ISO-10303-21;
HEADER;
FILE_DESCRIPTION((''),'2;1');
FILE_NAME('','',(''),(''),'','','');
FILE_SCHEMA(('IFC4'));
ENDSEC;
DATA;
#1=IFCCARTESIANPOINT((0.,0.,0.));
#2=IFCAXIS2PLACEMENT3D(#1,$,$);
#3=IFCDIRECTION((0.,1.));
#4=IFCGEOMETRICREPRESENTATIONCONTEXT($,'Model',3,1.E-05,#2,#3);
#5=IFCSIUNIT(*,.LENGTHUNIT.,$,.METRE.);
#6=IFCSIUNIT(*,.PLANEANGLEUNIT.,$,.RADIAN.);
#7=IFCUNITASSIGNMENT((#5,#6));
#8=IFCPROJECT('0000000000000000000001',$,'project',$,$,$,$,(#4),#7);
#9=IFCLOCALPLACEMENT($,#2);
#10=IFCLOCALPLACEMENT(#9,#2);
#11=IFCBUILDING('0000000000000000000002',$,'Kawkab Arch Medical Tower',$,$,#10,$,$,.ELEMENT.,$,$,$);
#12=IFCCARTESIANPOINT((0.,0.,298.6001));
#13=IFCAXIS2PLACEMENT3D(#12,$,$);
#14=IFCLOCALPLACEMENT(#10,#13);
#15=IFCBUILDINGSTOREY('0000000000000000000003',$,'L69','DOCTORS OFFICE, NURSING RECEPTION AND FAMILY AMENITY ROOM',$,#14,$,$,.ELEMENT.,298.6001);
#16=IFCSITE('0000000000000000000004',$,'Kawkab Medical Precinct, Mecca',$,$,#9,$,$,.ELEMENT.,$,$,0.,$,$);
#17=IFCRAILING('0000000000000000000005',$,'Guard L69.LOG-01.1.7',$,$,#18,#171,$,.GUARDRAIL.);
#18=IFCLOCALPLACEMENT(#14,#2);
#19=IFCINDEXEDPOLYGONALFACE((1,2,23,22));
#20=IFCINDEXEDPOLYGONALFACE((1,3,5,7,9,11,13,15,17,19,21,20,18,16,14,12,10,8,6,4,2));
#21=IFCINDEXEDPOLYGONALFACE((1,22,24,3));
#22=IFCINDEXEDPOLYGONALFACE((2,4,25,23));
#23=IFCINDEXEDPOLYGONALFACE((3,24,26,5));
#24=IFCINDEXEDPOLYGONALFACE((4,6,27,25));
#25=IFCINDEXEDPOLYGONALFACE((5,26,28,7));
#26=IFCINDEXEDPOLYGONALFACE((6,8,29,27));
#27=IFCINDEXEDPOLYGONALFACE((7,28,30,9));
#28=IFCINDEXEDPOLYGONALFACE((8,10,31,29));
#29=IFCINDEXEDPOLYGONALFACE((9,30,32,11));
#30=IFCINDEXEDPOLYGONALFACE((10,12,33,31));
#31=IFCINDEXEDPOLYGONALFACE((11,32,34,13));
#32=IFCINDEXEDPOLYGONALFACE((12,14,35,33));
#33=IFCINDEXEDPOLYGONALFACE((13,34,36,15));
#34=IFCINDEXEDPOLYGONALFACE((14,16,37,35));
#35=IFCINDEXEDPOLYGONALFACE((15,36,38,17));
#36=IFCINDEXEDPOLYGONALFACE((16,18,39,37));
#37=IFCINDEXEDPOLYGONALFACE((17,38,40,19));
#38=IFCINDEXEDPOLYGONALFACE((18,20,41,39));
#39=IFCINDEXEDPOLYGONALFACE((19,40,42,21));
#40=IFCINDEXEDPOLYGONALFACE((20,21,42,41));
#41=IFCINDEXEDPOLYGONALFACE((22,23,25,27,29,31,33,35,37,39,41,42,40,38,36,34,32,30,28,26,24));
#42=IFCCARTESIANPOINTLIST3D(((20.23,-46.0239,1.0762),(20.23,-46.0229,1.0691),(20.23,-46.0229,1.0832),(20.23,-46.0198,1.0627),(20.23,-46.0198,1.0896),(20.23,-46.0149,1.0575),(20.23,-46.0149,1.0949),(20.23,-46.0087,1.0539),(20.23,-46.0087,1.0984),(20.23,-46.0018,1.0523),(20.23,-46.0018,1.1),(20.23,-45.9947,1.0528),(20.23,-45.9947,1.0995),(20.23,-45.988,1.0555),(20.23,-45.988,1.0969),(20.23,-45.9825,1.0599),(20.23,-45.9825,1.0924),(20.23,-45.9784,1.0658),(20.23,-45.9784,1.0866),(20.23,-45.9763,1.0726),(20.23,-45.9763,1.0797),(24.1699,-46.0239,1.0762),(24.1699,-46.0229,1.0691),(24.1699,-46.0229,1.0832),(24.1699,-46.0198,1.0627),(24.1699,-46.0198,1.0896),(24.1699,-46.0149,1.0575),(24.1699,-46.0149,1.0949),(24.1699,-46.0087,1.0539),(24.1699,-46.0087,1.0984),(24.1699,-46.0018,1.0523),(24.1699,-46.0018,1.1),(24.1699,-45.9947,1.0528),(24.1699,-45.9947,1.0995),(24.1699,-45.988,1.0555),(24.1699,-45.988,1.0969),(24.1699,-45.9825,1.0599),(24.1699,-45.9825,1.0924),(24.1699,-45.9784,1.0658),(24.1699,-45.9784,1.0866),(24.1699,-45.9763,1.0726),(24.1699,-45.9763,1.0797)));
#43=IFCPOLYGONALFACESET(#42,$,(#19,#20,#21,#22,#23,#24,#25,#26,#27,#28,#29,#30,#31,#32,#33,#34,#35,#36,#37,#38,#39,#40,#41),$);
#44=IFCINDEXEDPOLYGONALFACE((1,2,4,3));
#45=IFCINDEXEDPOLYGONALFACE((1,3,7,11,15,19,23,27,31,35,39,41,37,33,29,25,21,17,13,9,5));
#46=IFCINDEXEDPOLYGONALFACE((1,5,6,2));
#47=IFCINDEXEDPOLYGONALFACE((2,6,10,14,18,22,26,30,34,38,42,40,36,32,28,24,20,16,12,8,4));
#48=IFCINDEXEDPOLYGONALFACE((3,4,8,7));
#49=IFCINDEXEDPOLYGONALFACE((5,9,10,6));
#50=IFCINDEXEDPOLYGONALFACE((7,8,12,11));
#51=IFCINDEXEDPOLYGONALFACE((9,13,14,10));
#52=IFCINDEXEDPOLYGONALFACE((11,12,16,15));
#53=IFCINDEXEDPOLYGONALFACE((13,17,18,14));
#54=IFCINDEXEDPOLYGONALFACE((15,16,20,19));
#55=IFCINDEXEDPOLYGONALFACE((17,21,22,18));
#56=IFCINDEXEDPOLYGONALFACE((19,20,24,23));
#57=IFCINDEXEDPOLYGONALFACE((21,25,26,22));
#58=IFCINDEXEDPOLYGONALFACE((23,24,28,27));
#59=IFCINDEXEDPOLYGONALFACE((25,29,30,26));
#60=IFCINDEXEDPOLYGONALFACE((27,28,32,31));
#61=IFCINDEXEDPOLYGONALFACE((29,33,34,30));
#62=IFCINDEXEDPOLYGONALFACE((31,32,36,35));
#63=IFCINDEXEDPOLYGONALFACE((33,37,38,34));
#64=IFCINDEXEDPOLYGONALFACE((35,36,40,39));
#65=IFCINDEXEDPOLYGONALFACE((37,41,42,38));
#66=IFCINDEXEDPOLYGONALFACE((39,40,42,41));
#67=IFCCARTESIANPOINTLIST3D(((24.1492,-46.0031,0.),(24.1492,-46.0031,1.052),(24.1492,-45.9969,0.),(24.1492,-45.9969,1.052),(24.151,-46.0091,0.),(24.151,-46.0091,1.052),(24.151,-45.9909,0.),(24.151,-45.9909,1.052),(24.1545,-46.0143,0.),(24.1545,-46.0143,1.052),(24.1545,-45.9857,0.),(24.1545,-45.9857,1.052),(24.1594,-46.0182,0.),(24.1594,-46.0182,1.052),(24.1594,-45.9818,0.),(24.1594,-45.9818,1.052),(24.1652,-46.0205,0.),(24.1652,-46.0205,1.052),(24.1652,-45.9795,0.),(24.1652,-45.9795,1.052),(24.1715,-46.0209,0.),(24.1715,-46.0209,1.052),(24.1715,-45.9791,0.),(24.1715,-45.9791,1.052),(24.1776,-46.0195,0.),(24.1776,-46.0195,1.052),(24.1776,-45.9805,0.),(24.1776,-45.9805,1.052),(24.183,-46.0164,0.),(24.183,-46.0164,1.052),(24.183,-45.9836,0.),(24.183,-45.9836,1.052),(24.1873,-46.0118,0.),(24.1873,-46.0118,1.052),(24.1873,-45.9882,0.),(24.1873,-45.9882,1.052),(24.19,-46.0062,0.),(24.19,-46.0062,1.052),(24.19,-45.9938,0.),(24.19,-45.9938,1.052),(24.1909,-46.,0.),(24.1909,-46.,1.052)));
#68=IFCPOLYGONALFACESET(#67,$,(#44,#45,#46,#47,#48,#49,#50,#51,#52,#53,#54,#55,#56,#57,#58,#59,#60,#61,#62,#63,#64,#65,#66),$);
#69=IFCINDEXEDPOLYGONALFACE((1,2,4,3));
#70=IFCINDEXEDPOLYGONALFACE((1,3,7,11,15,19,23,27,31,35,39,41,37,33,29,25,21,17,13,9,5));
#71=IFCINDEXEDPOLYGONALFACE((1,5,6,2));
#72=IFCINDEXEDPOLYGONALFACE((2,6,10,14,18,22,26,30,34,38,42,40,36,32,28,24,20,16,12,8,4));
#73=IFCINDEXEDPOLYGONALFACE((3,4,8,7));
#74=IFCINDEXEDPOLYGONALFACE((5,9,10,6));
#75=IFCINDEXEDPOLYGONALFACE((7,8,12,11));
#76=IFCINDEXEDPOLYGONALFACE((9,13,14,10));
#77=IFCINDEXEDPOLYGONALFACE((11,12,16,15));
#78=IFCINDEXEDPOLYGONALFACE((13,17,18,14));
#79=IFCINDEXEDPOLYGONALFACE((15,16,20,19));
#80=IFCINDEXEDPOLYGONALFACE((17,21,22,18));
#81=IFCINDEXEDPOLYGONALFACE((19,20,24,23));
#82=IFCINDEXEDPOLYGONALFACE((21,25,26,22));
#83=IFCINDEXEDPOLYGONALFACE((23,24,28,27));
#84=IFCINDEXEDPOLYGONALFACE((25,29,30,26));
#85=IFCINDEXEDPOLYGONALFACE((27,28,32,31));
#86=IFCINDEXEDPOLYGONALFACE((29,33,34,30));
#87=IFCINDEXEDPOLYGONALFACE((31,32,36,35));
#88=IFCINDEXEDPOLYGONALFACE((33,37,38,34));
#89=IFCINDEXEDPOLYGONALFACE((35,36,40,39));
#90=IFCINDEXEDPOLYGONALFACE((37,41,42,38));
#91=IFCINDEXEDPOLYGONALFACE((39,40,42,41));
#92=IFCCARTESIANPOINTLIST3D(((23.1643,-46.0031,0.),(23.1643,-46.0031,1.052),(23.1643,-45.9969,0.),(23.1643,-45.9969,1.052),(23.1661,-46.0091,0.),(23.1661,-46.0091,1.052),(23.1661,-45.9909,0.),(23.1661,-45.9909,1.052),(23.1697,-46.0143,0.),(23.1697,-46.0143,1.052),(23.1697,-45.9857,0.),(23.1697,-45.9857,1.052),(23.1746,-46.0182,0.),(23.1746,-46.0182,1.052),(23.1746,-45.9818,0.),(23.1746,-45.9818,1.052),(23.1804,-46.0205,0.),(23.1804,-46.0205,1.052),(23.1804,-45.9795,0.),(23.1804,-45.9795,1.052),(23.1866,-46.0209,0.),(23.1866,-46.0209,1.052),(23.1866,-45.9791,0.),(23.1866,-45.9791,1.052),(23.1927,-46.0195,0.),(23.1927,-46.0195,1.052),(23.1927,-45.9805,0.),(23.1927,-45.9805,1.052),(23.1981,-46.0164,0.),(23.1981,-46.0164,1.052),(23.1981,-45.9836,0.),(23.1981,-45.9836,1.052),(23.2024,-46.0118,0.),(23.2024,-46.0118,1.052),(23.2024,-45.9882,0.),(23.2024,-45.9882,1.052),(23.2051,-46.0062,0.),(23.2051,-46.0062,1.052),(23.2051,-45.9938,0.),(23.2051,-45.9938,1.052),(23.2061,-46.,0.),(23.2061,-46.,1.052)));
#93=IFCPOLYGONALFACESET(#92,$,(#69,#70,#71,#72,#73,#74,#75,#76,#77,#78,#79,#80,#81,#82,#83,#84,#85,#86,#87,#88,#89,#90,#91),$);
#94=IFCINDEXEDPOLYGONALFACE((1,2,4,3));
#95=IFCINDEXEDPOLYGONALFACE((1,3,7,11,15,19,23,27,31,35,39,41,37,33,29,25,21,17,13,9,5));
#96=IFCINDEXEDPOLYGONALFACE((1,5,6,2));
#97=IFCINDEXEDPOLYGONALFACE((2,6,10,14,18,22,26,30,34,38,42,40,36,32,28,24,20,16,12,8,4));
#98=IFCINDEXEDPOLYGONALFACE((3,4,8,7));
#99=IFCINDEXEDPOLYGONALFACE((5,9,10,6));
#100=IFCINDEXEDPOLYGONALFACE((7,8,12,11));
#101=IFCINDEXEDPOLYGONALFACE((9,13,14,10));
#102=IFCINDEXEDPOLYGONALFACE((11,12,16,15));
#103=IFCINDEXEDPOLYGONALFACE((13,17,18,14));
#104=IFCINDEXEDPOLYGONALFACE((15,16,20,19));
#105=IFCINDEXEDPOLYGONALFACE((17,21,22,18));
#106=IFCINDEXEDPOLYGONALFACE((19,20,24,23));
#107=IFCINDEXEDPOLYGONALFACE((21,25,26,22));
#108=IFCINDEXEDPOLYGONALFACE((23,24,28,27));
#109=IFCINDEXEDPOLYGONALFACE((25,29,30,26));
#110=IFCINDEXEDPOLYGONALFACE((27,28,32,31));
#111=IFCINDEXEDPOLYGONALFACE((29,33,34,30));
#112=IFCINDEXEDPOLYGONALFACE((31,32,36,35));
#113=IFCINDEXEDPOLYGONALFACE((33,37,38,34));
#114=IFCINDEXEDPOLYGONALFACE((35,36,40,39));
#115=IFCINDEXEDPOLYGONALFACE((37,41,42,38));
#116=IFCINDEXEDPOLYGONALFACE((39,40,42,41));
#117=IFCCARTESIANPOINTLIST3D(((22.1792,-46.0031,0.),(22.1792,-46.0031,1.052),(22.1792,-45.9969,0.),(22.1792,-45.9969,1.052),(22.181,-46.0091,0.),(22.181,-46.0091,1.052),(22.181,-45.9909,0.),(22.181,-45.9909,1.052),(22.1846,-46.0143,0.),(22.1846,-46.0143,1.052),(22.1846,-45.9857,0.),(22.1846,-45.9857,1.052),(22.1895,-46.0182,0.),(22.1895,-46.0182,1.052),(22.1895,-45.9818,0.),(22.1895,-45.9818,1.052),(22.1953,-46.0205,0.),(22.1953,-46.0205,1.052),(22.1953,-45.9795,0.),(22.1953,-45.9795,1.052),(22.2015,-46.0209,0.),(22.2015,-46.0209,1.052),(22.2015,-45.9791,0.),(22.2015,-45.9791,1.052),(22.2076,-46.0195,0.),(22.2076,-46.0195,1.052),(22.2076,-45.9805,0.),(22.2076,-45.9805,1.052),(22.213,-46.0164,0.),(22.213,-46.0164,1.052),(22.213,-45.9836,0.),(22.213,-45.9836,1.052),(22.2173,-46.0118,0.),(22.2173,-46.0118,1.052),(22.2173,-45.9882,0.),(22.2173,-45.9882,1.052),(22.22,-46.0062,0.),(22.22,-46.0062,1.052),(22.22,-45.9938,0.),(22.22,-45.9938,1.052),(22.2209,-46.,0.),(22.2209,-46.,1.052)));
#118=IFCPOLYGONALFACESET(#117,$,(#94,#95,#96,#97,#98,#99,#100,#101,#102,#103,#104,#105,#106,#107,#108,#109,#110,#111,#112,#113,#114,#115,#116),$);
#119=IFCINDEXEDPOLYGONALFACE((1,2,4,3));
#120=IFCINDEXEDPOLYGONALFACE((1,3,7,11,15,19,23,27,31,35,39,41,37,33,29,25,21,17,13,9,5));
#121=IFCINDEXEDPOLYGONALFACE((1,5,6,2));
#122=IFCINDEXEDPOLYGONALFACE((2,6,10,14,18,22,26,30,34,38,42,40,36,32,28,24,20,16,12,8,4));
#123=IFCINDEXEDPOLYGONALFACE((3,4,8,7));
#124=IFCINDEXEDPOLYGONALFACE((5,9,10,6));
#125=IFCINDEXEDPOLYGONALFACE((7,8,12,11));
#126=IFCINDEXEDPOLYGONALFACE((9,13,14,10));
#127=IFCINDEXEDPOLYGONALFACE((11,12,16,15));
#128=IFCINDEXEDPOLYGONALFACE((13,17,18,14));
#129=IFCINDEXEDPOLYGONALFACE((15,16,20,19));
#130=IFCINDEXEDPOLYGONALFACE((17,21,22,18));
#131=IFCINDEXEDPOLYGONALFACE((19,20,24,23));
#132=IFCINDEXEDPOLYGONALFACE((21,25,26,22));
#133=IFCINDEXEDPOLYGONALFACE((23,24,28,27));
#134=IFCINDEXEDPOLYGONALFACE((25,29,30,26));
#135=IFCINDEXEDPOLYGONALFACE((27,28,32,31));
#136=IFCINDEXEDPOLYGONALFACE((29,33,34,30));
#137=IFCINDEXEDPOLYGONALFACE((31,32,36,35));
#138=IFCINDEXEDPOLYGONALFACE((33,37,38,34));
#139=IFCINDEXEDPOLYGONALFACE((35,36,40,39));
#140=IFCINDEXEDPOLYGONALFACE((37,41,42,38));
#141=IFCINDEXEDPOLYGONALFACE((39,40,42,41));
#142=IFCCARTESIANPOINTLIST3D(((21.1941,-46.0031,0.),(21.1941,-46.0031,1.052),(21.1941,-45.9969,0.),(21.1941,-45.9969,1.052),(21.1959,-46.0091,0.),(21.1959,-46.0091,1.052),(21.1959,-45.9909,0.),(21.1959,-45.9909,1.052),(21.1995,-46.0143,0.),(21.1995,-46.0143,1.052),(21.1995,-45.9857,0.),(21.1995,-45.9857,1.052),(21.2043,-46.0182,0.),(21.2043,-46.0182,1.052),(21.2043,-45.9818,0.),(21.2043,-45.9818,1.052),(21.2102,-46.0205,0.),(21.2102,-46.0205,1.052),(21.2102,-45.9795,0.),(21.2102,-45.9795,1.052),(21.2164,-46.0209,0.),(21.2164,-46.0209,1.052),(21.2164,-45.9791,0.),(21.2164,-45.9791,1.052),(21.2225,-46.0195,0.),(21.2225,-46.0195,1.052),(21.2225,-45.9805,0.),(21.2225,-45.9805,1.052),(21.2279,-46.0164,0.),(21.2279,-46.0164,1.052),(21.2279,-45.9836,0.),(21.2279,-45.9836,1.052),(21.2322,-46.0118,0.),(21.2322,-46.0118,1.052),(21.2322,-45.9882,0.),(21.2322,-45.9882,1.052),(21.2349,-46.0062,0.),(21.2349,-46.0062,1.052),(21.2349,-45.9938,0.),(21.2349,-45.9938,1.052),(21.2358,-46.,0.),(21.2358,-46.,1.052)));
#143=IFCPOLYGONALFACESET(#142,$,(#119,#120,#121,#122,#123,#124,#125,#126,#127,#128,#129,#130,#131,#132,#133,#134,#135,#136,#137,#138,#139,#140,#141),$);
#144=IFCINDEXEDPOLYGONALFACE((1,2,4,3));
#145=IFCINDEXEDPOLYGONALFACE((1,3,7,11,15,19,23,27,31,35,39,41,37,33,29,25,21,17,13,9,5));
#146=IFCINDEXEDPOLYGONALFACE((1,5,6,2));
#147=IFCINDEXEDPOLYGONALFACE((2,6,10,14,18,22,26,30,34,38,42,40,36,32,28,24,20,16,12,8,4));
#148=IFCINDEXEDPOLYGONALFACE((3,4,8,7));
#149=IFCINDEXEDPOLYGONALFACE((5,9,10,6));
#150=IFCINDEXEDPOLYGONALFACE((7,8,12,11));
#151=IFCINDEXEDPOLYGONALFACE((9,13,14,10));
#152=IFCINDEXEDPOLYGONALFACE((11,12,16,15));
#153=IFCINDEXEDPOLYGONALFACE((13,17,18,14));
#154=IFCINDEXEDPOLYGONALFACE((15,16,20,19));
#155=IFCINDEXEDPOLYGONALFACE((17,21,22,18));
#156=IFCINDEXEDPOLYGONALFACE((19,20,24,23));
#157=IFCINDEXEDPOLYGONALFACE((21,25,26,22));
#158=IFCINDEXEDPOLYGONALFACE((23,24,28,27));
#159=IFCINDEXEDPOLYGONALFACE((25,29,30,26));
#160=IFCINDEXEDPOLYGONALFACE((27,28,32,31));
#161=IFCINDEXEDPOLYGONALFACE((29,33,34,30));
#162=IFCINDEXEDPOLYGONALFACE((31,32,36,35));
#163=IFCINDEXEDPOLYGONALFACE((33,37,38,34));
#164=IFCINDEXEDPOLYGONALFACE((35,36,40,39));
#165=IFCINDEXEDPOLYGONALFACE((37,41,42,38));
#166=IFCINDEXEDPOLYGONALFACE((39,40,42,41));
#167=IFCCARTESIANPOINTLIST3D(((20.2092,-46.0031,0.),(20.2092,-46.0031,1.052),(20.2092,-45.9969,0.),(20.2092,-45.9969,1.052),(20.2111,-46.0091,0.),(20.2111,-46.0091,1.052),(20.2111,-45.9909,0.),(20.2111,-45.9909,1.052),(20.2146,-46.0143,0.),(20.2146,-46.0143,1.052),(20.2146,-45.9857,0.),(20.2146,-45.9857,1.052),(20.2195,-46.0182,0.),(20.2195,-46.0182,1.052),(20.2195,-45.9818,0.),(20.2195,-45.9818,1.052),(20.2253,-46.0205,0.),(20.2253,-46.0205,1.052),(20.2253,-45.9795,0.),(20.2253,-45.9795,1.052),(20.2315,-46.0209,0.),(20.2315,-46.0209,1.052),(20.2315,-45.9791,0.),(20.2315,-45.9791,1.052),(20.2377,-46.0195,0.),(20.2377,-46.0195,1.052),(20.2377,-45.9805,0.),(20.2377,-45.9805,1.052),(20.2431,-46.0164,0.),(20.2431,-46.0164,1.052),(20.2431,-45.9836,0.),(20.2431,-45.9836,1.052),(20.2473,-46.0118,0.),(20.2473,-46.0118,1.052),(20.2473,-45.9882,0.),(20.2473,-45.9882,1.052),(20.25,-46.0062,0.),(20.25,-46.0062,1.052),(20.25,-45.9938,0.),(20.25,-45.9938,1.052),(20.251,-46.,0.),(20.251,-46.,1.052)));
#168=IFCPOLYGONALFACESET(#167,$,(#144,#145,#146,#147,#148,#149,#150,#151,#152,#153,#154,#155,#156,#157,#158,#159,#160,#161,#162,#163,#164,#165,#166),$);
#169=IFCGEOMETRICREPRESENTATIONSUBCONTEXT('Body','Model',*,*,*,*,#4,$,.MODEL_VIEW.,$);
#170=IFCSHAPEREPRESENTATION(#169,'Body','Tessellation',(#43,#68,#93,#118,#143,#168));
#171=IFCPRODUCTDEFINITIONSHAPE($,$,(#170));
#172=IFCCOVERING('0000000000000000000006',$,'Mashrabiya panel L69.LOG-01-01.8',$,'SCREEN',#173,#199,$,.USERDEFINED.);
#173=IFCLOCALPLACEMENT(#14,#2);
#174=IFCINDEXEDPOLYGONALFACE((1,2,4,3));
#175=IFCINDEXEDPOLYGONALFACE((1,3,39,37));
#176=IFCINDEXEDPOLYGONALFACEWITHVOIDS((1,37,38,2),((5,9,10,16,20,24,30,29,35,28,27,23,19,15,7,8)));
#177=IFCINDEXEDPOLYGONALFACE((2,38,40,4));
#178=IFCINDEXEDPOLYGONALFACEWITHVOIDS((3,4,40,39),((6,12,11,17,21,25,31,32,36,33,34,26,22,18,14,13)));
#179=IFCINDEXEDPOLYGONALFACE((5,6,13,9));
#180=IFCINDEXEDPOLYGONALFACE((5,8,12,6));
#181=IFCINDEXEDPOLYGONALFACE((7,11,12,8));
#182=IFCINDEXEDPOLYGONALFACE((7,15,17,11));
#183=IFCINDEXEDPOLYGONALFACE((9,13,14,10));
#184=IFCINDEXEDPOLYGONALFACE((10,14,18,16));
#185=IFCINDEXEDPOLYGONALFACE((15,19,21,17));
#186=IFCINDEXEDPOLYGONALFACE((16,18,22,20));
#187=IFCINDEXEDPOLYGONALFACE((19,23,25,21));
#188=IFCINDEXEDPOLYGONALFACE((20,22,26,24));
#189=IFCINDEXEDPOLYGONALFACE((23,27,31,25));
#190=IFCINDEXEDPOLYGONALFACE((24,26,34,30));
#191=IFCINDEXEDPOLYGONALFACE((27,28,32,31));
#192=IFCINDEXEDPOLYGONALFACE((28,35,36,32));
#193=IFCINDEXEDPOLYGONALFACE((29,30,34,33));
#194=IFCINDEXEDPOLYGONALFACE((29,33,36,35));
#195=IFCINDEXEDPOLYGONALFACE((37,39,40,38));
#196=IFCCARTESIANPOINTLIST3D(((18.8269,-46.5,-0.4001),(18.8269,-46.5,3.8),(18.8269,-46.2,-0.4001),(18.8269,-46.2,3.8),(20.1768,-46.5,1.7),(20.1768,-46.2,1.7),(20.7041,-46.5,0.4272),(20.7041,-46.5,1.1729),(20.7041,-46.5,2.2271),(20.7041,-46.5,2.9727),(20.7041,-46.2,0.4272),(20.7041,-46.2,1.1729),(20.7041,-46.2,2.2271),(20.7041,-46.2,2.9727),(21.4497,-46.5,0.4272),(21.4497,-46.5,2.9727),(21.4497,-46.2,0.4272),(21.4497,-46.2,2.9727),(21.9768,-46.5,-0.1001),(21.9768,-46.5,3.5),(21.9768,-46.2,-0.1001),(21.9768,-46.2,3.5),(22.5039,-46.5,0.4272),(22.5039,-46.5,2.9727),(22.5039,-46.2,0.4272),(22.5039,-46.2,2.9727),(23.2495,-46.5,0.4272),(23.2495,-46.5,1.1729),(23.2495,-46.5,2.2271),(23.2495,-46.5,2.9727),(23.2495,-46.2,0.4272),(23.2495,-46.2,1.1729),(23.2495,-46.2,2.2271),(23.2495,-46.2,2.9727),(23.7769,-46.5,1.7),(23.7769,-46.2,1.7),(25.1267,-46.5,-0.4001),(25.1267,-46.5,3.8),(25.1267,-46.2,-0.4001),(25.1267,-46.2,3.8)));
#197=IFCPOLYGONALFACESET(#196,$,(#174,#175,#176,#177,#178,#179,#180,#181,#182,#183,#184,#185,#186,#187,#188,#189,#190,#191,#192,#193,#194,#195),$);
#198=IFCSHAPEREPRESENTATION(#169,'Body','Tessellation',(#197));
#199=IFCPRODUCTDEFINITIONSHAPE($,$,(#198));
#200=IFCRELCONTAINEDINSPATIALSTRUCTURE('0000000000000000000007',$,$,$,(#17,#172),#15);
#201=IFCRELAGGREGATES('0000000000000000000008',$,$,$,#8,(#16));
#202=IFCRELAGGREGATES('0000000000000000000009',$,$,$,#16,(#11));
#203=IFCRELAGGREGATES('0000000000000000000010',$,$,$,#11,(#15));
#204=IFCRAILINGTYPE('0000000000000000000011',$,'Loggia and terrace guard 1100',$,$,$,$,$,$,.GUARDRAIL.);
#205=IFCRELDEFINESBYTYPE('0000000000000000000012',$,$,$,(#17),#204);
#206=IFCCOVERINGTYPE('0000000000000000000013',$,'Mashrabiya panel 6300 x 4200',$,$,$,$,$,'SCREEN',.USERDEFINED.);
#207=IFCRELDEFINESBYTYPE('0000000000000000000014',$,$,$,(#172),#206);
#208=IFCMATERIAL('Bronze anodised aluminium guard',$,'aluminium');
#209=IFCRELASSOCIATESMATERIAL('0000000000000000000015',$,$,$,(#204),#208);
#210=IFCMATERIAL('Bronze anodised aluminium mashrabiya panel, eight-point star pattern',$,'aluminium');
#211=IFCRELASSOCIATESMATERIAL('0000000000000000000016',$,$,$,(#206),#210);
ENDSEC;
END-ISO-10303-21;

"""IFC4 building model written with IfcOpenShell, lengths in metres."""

from ifc_helpers import new_model, si_unit, direction, frame, origin, origin_2d, place, context, subcontext, project, spatial, polyline, circle, outline, extrude, material, material_profile, profile_set, type_object, element, save


model = new_model("IFC4")

# Units and contexts
model_context = context("Model", 3, precision=1e-05, world=origin(), true_north=direction((0.0, 1.0)))
body_context = subcontext(model_context, "Body", "Model", "MODEL_VIEW")
ifc_project = project(units=[si_unit("LENGTHUNIT", "METRE"), si_unit("PLANEANGLEUNIT", "RADIAN")], contexts=[model_context])

# Site, building, storey
site_placement = place(None, origin())
site = spatial("IfcSite", under=ifc_project, at=site_placement, Name="Kawkab Medical Precinct, Mecca", CompositionType="ELEMENT", RefElevation=0.0)
building_placement = place(site_placement, origin())
building = spatial("IfcBuilding", under=site, at=building_placement, Name="Kawkab Arch Medical Tower", CompositionType="ELEMENT")
storey_placement = place(building_placement, frame((0.0, 0.0, 298.6001)))
storey = spatial("IfcBuildingStorey", under=building, at=storey_placement, Name="L69", Description="DOCTORS OFFICE, NURSING RECEPTION AND FAMILY AMENITY ROOM", CompositionType="ELEMENT", Elevation=298.6001)

# Railing
ifc_material_1 = material(Name="Bronze anodised aluminium guard", Category="aluminium")
railing_type_1 = type_object("IfcRailingType", Name="Loggia and terrace guard 1100", PredefinedType="GUARDRAIL", material=ifc_material_1)
railing_1_placement = place(storey_placement, frame((24.1699, -46.0, 0.0)))
element("IfcRailing", 1, at=railing_1_placement, inside=storey, type_object=railing_type_1, Name="Guard L69.LOG-01.1.7", PredefinedType="GUARDRAIL", context=body_context, shape_type="SweptSolid", body=[
    extrude(circle(Radius=0.0239, at=origin_2d()), frame((0.0, 0.0, 1.0762), z_axis=(-1.0, 0.0, 0.0), x_axis=(0.0, -1.0, 0.0)), (0.0, 0.0, 1.0), 3.9399),
    extrude(circle(Radius=0.021, at=origin_2d()), origin(), (0.0, 0.0, 1.0), 1.052),
    extrude(circle(Radius=0.021, at=origin_2d()), frame((-0.9849, 0.0, 0.0)), (0.0, 0.0, 1.0), 1.052),
    extrude(circle(Radius=0.021, at=origin_2d()), frame((-1.97, 0.0, 0.0)), (0.0, 0.0, 1.0), 1.052),
    extrude(circle(Radius=0.021, at=origin_2d()), frame((-2.9551, 0.0, 0.0)), (0.0, 0.0, 1.0), 1.052),
    extrude(circle(Radius=0.021, at=origin_2d()), frame((-3.9399, 0.0, 0.0)), (0.0, 0.0, 1.0), 1.052),
])

# Covering
ifc_material_2 = material(Name="Bronze anodised aluminium mashrabiya panel, eight-point star pattern", Category="aluminium")
ifc_material_profile_1 = material_profile(ifc_material_2, outline(polyline([(-3.1499, -2.1001), (3.1499, -2.1001), (3.1499, 2.1001), (-3.1499, 2.1001), (-3.1499, -2.1001)]), holes=[polyline([(1.8, 0.0), (1.2727, 0.5271), (1.2727, 1.2727), (0.5271, 1.2727), (0.0, 1.8), (-0.5271, 1.2727), (-1.2727, 1.2727), (-1.2727, 0.5271), (-1.8, 0.0), (-1.2727, -0.5271), (-1.2727, -1.2727), (-0.5271, -1.2727), (0.0, -1.8), (0.5271, -1.2727), (1.2727, -1.2727), (1.2727, -0.5271), (1.8, 0.0)])]), Name="Mashrabiya panel 6300x4200")
ifc_profile_set_1 = profile_set([ifc_material_profile_1], Name="Bronze anodised aluminium mashrabiya panel, eight-point star pattern")
covering_type_1 = type_object("IfcCoveringType", Name="Mashrabiya panel 6300 x 4200", ElementType="SCREEN", PredefinedType="USERDEFINED", material=ifc_profile_set_1)
covering_1_placement = place(storey_placement, frame((21.9768, -46.2, 1.7), z_axis=(0.0, -1.0, 0.0), x_axis=(1.0, 0.0, 0.0)))
element("IfcCovering", 2, at=covering_1_placement, inside=storey, type_object=covering_type_1, Name="Mashrabiya panel L69.LOG-01-01.8", ObjectType="SCREEN", PredefinedType="USERDEFINED", context=body_context, shape_type="SweptSolid", body=[
    extrude(outline(polyline([(-3.1499, -2.1001), (3.1499, -2.1001), (3.1499, 2.1001), (-3.1499, 2.1001), (-3.1499, -2.1001)]), holes=[polyline([(1.8, 0.0), (1.2727, 0.5271), (1.2727, 1.2727), (0.5271, 1.2727), (0.0, 1.8), (-0.5271, 1.2727), (-1.2727, 1.2727), (-1.2727, 0.5271), (-1.8, 0.0), (-1.2727, -0.5271), (-1.2727, -1.2727), (-0.5271, -1.2727), (0.0, -1.8), (0.5271, -1.2727), (1.2727, -1.2727), (1.2727, -0.5271), (1.8, 0.0)])]), origin(), (0.0, 0.0, 1.0), 0.3),
])

save(model, "model.ifc")
